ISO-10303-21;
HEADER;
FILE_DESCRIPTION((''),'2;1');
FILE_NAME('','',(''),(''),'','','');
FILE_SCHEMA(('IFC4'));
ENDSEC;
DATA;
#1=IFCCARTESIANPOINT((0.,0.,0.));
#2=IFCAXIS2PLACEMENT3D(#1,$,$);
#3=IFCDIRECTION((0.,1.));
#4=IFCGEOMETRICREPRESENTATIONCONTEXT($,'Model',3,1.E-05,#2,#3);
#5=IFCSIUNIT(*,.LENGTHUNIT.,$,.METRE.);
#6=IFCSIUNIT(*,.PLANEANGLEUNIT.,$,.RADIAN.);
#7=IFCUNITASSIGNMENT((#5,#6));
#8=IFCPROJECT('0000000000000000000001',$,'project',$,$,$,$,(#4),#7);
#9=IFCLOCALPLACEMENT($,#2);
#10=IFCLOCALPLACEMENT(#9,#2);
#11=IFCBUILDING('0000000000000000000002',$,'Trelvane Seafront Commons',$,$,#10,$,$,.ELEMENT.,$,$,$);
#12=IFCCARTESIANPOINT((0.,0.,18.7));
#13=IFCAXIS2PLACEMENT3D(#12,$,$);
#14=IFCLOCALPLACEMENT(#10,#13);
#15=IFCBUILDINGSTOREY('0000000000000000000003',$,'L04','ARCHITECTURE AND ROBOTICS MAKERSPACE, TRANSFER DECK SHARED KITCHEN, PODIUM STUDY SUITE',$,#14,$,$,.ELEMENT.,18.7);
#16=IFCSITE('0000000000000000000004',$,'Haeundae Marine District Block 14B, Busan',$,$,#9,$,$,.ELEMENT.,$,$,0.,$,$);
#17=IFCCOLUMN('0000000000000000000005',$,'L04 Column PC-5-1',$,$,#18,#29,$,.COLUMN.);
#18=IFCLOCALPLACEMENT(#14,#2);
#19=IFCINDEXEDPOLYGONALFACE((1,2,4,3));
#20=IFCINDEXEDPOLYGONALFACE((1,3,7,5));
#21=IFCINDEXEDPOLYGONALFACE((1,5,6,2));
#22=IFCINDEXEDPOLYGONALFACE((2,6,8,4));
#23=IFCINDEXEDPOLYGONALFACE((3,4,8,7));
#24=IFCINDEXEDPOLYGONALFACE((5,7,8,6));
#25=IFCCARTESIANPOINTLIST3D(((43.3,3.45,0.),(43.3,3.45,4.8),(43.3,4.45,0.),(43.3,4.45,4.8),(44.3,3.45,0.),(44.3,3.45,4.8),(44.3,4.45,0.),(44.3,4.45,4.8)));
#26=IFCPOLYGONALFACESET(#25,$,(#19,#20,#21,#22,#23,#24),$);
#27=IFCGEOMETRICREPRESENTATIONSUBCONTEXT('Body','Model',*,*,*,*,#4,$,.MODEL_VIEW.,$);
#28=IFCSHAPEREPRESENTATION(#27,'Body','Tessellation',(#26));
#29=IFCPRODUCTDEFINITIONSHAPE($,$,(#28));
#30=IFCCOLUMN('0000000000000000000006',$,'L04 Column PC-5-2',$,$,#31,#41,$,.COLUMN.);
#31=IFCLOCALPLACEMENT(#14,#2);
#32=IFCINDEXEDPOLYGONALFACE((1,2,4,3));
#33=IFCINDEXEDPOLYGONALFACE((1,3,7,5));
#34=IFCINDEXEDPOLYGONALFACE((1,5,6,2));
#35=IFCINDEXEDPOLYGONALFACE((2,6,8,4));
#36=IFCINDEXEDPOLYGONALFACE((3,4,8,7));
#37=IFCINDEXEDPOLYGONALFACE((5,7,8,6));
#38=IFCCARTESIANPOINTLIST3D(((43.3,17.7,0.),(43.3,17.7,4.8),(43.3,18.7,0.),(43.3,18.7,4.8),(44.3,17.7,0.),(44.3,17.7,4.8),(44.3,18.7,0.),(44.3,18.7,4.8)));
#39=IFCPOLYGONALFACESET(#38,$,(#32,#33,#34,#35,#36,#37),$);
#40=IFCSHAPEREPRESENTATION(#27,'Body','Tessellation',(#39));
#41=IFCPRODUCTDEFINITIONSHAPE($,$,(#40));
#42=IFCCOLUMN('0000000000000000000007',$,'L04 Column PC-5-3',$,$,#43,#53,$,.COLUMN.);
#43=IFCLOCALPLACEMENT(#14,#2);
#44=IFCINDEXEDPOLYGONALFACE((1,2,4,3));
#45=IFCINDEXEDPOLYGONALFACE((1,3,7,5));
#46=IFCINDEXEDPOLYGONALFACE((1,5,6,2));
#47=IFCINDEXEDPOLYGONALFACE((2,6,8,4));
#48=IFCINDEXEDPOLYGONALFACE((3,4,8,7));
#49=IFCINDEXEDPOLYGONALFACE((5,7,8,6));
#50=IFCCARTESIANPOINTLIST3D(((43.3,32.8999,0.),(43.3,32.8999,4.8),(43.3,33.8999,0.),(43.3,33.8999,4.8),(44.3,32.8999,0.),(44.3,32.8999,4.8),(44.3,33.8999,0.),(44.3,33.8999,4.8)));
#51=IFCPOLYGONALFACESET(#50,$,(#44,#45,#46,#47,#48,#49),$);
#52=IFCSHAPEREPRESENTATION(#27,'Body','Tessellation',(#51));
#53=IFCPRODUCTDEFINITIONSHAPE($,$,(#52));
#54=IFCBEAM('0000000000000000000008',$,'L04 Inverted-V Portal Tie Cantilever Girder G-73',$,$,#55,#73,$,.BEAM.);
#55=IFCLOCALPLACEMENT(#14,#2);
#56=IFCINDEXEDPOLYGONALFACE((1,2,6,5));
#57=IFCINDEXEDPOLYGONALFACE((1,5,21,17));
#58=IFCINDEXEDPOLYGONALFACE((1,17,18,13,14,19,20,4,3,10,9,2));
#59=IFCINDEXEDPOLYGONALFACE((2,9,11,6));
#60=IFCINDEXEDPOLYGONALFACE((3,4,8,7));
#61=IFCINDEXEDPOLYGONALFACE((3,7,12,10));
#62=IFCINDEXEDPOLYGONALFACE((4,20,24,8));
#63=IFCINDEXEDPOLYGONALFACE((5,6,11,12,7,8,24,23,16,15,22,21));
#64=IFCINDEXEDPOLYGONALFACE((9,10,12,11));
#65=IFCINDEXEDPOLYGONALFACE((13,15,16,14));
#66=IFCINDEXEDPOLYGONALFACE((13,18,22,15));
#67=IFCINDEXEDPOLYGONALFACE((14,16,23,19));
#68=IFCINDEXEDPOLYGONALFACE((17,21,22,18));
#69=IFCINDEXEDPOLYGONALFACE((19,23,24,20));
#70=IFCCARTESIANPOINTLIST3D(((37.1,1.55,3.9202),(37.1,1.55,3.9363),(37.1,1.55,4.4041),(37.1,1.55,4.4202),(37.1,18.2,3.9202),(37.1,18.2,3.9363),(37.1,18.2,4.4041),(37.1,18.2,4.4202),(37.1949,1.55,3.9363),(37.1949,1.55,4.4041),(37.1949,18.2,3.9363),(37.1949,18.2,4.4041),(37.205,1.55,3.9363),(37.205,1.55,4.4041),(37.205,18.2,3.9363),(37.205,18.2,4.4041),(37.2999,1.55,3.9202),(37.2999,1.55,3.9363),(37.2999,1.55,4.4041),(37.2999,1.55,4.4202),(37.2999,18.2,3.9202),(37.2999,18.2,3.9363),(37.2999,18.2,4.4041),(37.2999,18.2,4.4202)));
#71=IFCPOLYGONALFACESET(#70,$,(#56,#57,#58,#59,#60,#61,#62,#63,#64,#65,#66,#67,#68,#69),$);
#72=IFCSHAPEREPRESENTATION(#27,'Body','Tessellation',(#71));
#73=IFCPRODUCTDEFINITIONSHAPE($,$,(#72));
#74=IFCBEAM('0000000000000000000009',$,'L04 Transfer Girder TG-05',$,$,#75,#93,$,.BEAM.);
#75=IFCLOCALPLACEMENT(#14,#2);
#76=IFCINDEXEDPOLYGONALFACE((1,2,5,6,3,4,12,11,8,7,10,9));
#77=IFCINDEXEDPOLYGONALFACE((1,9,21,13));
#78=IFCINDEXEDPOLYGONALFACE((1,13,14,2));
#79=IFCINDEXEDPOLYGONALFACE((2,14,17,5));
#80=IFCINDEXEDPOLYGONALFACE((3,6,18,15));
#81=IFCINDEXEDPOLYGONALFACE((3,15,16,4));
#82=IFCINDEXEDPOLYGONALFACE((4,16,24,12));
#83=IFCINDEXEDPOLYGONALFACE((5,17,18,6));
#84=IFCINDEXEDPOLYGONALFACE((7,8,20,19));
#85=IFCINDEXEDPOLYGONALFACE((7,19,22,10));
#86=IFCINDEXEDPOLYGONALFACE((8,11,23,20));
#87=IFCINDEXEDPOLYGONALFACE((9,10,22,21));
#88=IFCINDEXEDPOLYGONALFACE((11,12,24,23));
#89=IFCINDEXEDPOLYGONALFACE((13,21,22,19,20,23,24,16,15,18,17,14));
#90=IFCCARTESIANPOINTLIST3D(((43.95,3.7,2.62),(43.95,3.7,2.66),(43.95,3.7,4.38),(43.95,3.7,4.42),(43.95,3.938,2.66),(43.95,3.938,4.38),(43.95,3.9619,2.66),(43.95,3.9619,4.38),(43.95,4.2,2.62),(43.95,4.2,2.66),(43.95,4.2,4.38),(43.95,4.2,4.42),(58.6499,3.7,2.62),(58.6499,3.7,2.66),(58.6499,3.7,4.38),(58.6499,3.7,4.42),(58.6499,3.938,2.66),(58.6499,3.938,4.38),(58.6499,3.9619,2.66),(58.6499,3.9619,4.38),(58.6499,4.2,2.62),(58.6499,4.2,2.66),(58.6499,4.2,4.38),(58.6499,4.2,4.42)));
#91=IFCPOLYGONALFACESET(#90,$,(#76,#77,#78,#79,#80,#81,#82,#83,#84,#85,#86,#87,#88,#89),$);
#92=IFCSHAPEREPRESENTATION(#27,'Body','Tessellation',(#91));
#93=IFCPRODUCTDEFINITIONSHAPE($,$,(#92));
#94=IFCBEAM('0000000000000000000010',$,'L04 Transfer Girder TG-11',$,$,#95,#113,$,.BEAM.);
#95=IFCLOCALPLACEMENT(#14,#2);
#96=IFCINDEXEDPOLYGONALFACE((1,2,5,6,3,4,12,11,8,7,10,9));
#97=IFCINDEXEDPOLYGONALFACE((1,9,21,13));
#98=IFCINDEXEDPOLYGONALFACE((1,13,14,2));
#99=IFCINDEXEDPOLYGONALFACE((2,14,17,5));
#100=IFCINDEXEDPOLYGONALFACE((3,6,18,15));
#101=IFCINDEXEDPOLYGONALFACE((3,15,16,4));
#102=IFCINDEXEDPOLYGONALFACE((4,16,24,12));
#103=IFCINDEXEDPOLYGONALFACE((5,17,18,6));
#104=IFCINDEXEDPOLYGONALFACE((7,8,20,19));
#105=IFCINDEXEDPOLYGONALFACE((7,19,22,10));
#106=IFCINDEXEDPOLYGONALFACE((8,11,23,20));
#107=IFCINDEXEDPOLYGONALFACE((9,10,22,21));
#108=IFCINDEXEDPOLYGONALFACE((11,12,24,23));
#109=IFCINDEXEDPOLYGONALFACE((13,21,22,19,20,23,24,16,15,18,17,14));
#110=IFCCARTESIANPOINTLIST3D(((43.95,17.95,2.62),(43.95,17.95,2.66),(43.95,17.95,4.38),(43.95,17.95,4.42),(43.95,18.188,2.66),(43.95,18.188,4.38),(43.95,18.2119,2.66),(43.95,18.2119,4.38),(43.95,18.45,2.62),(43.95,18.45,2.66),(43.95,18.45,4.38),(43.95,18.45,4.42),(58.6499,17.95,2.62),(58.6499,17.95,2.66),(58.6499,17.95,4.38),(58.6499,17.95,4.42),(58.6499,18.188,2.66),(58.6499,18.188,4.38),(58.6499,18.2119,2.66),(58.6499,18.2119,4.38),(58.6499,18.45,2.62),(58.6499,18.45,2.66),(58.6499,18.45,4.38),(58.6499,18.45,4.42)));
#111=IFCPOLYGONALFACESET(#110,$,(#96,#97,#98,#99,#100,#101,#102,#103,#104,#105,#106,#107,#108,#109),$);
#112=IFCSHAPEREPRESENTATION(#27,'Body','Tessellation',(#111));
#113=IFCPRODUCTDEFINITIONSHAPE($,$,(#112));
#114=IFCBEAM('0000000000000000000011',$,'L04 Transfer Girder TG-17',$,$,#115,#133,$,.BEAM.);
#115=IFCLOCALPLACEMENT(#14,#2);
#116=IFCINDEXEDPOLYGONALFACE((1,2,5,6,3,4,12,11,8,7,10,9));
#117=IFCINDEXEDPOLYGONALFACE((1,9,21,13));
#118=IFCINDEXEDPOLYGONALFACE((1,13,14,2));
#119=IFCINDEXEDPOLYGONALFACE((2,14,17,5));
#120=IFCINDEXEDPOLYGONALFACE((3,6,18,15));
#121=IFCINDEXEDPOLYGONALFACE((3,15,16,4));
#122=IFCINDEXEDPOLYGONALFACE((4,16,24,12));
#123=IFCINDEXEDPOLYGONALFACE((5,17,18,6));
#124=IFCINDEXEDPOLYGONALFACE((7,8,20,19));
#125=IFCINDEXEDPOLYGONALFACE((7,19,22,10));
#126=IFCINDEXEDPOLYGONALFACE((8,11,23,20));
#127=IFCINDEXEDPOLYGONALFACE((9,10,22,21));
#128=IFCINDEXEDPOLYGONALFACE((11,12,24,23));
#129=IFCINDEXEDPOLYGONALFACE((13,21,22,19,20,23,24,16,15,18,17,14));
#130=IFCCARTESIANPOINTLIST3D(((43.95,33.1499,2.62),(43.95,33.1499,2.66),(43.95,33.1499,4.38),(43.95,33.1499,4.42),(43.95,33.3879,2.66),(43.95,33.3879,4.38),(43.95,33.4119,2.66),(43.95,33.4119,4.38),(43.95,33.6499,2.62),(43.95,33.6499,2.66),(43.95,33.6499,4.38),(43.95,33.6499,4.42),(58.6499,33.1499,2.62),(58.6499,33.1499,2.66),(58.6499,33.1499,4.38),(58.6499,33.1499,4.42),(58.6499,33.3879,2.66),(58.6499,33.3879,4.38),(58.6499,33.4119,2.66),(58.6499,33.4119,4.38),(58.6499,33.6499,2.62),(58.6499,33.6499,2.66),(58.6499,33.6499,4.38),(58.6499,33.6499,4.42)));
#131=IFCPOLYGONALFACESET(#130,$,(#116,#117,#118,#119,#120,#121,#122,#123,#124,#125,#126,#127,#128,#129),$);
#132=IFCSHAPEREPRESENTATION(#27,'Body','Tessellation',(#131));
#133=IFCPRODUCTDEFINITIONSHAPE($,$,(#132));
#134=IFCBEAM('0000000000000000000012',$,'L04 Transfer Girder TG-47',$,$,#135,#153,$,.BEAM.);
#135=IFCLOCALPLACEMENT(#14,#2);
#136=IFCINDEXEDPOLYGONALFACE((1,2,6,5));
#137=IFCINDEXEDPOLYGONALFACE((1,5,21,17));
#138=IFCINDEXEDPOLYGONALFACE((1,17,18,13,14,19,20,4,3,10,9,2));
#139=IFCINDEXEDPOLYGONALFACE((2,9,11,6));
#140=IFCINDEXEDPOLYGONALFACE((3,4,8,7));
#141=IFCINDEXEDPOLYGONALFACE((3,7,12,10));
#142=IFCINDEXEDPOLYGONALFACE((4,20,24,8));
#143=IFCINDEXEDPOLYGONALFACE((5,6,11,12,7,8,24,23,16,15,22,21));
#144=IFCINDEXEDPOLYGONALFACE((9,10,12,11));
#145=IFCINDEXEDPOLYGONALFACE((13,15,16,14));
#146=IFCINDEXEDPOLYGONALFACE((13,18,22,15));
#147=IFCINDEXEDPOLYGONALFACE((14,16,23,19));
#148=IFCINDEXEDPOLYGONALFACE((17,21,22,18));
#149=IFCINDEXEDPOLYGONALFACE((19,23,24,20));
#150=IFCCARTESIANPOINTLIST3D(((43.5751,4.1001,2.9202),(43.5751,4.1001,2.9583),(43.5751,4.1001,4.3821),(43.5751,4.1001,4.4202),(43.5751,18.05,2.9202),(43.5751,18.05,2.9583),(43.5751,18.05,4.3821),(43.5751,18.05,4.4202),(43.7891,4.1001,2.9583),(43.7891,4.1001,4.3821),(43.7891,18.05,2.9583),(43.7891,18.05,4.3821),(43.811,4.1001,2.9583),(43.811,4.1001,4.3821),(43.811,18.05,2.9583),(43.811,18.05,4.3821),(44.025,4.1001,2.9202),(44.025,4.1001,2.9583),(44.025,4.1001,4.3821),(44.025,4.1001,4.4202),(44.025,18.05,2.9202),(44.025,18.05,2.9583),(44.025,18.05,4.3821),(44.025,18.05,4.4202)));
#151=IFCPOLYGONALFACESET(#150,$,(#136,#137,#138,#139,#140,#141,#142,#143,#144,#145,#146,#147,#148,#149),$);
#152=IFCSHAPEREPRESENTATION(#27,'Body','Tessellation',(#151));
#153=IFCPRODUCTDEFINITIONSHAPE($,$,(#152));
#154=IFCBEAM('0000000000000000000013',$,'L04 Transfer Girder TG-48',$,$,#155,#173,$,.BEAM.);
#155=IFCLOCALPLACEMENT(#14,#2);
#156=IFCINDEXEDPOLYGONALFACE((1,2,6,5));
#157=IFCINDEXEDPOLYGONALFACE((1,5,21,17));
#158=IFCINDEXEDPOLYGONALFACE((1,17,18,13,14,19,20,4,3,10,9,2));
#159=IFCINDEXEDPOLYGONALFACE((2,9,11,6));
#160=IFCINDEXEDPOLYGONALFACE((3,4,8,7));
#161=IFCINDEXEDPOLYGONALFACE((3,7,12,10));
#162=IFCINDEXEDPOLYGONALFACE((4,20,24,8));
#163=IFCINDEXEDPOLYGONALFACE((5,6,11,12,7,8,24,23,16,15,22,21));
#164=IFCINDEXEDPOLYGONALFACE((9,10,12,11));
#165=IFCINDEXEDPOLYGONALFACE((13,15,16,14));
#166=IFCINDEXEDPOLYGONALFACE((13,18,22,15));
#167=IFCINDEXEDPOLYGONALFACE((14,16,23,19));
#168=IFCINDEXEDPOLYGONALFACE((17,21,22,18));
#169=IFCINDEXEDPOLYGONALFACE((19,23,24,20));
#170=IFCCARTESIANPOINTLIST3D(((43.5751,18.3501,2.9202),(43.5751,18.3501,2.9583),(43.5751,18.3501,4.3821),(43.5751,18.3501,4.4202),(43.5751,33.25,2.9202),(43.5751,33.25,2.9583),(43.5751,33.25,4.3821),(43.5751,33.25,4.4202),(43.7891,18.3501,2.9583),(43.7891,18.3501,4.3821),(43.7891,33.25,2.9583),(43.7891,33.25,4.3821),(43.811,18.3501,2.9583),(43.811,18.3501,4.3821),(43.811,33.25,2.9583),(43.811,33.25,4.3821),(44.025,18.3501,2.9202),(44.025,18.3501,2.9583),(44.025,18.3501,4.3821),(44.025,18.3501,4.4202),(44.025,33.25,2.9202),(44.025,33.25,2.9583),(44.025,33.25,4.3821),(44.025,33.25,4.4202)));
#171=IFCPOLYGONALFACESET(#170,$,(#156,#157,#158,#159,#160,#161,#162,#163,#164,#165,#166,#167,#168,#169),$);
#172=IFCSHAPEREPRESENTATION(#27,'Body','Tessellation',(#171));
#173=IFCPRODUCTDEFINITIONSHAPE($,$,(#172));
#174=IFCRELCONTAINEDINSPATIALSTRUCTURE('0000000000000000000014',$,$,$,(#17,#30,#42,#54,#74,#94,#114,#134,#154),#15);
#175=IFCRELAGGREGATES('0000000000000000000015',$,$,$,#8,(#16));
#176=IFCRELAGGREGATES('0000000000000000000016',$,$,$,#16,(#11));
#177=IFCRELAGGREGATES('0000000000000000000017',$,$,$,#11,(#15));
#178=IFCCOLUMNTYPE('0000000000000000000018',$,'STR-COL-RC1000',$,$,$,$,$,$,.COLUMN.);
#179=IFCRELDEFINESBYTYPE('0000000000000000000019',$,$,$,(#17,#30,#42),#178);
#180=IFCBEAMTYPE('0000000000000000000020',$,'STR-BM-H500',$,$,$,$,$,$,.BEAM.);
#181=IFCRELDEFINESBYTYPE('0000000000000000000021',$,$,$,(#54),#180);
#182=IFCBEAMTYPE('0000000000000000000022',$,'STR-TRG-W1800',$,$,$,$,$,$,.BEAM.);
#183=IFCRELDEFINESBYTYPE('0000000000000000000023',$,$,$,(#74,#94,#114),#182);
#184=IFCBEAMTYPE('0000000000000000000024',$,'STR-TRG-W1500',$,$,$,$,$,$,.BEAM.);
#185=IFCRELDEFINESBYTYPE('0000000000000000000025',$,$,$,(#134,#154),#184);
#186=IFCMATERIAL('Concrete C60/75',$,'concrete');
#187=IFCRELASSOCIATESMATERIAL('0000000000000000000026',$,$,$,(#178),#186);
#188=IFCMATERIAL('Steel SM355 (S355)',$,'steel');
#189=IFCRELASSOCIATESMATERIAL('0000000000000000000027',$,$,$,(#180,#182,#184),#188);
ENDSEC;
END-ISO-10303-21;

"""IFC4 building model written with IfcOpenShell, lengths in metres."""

from ifc_helpers import new_model, si_unit, direction, frame, origin, origin_2d, place, context, subcontext, project, spatial, rectangle, i_section, extrude, source, transform, mapped, material, material_profile, profile_set, type_object, element, save


model = new_model("IFC4")

# Units and contexts
model_context = context("Model", 3, precision=1e-05, world=origin(), true_north=direction((0.0, 1.0)))
body_context = subcontext(model_context, "Body", "Model", "MODEL_VIEW")
ifc_project = project(units=[si_unit("LENGTHUNIT", "METRE"), si_unit("PLANEANGLEUNIT", "RADIAN")], contexts=[model_context])

# Site, building, storey
site_placement = place(None, origin())
site = spatial("IfcSite", under=ifc_project, at=site_placement, Name="Haeundae Marine District Block 14B, Busan", CompositionType="ELEMENT", RefElevation=0.0)
building_placement = place(site_placement, origin())
building = spatial("IfcBuilding", under=site, at=building_placement, Name="Trelvane Seafront Commons", CompositionType="ELEMENT")
storey_placement = place(building_placement, frame((0.0, 0.0, 18.7)))
storey = spatial("IfcBuildingStorey", under=building, at=storey_placement, Name="L04", Description="ARCHITECTURE AND ROBOTICS MAKERSPACE, TRANSFER DECK SHARED KITCHEN, PODIUM STUDY SUITE", CompositionType="ELEMENT", Elevation=18.7)

# Columns
ifc_material_1 = material(Name="Concrete C60/75", Category="concrete")
ifc_material_profile_1 = material_profile(ifc_material_1, rectangle(XDim=1.0, YDim=1.0, at=origin_2d()), Name="RC-1000x1000")
ifc_profile_set_1 = profile_set([ifc_material_profile_1], Name="Concrete C60/75")
column_type = type_object("IfcColumnType", Name="STR-COL-RC1000", PredefinedType="COLUMN", material=ifc_profile_set_1)
shared_shape_1 = source(origin(), body_context, "Body", "SweptSolid", [
    extrude(rectangle(XDim=1.0, YDim=1.0, at=origin_2d()), origin(), (0.0, 0.0, 1.0), 4.8),
])
for number, where, z_axis, x_axis, name in (
    (1, (43.8, 3.95, 0.0), (0.0, 0.0, 1.0), (1.0, 0.0, 0.0), "L04 Column PC-5-1"),
    (2, (43.8, 18.2, 0.0), (0.0, 0.0, 1.0), (1.0, 0.0, 0.0), "L04 Column PC-5-2"),
    (3, (43.8, 33.3999, 0.0), (0.0, 0.0, 1.0), (1.0, 0.0, 0.0), "L04 Column PC-5-3"),
):
    element("IfcColumn", number, at=place(storey_placement, frame(where, z_axis=z_axis, x_axis=x_axis)), inside=storey, type_object=column_type, Name=name, PredefinedType="COLUMN", context=body_context, shape_type="MappedRepresentation", body=[
        mapped(shared_shape_1, transform((0.0, 0.0, 0.0), x_axis=(1.0, 0.0, 0.0), y_axis=(0.0, 1.0, 0.0), z_axis=(0.0, 0.0, 1.0), scale=1.0)),
    ])

# Beams
ifc_material_2 = material(Name="Steel SM355 (S355)", Category="steel")
ifc_material_profile_2 = material_profile(ifc_material_2, i_section(OverallWidth=0.2, OverallDepth=0.5, WebThickness=0.01, FlangeThickness=0.0161, at=origin_2d()), Name="H-500x200x10x16")
ifc_profile_set_2 = profile_set([ifc_material_profile_2], Name="Steel SM355 (S355)")
beam_type_1 = type_object("IfcBeamType", Name="STR-BM-H500", PredefinedType="BEAM", material=ifc_profile_set_2)
shared_shape_2 = source(origin(), body_context, "Body", "SweptSolid", [
    extrude(i_section(OverallWidth=0.2, OverallDepth=0.5, WebThickness=0.01, FlangeThickness=0.0161, at=origin_2d()), origin(), (0.0, 0.0, 1.0), 16.6499),
])
beam_1_placement = place(storey_placement, frame((37.2, 18.2, 4.1702), z_axis=(0.0, -1.0, 0.0), x_axis=(1.0, 0.0, 0.0)))
element("IfcBeam", 4, at=beam_1_placement, inside=storey, type_object=beam_type_1, Name="L04 Inverted-V Portal Tie Cantilever Girder G-73", PredefinedType="BEAM", context=body_context, shape_type="MappedRepresentation", body=[
    mapped(shared_shape_2, transform((0.0, 0.0, 0.0), x_axis=(1.0, 0.0, 0.0), y_axis=(0.0, 1.0, 0.0), z_axis=(0.0, 0.0, 1.0), scale=1.0)),
])
ifc_material_profile_3 = material_profile(ifc_material_2, i_section(OverallWidth=0.5, OverallDepth=1.8, WebThickness=0.0239, FlangeThickness=0.04, at=origin_2d()), Name="W-1800x500x24x40")
ifc_profile_set_3 = profile_set([ifc_material_profile_3], Name="Steel SM355 (S355)")
beam_type_2 = type_object("IfcBeamType", Name="STR-TRG-W1800", PredefinedType="BEAM", material=ifc_profile_set_3)
shared_shape_3 = source(origin(), body_context, "Body", "SweptSolid", [
    extrude(i_section(OverallWidth=0.5, OverallDepth=1.8, WebThickness=0.0239, FlangeThickness=0.04, at=origin_2d()), origin(), (0.0, 0.0, 1.0), 14.7),
])
for number, where, z_axis, x_axis, name in (
    (5, (43.95, 3.95, 3.52), (1.0, 0.0, 0.0), (0.0, 1.0, 0.0), "L04 Transfer Girder TG-05"),
    (6, (43.95, 18.2, 3.52), (1.0, 0.0, 0.0), (0.0, 1.0, 0.0), "L04 Transfer Girder TG-11"),
    (7, (43.95, 33.3999, 3.52), (1.0, 0.0, 0.0), (0.0, 1.0, 0.0), "L04 Transfer Girder TG-17"),
):
    element("IfcBeam", number, at=place(storey_placement, frame(where, z_axis=z_axis, x_axis=x_axis)), inside=storey, type_object=beam_type_2, Name=name, PredefinedType="BEAM", context=body_context, shape_type="MappedRepresentation", body=[
        mapped(shared_shape_3, transform((0.0, 0.0, 0.0), x_axis=(1.0, 0.0, 0.0), y_axis=(0.0, 1.0, 0.0), z_axis=(0.0, 0.0, 1.0), scale=1.0)),
    ])
ifc_material_profile_4 = material_profile(ifc_material_2, i_section(OverallWidth=0.45, OverallDepth=1.5, WebThickness=0.022, FlangeThickness=0.0381, at=origin_2d()), Name="W-1500x450x22x38")
ifc_profile_set_4 = profile_set([ifc_material_profile_4], Name="Steel SM355 (S355)")
beam_type_3 = type_object("IfcBeamType", Name="STR-TRG-W1500", PredefinedType="BEAM", material=ifc_profile_set_4)
shared_shape_4 = source(origin(), body_context, "Body", "SweptSolid", [
    extrude(i_section(OverallWidth=0.45, OverallDepth=1.5, WebThickness=0.022, FlangeThickness=0.0381, at=origin_2d()), origin(), (0.0, 0.0, 1.0), 13.95),
])
beam_2_placement = place(storey_placement, frame((43.8, 4.1001, 3.6702), z_axis=(0.0, 1.0, 0.0), x_axis=(-1.0, 0.0, 0.0)))
element("IfcBeam", 8, at=beam_2_placement, inside=storey, type_object=beam_type_3, Name="L04 Transfer Girder TG-47", PredefinedType="BEAM", context=body_context, shape_type="MappedRepresentation", body=[
    mapped(shared_shape_4, transform((0.0, 0.0, 0.0), x_axis=(1.0, 0.0, 0.0), y_axis=(0.0, 1.0, 0.0), z_axis=(0.0, 0.0, 1.0), scale=1.0)),
])
shared_shape_5 = source(origin(), body_context, "Body", "SweptSolid", [
    extrude(i_section(OverallWidth=0.45, OverallDepth=1.5, WebThickness=0.022, FlangeThickness=0.0381, at=origin_2d()), origin(), (0.0, 0.0, 1.0), 14.8999),
])
beam_3_placement = place(storey_placement, frame((43.8, 18.3501, 3.6702), z_axis=(0.0, 1.0, 0.0), x_axis=(-1.0, 0.0, 0.0)))
element("IfcBeam", 9, at=beam_3_placement, inside=storey, type_object=beam_type_3, Name="L04 Transfer Girder TG-48", PredefinedType="BEAM", context=body_context, shape_type="MappedRepresentation", body=[
    mapped(shared_shape_5, transform((0.0, 0.0, 0.0), x_axis=(1.0, 0.0, 0.0), y_axis=(0.0, 1.0, 0.0), z_axis=(0.0, 0.0, 1.0), scale=1.0)),
])

save(model, "model.ifc")
